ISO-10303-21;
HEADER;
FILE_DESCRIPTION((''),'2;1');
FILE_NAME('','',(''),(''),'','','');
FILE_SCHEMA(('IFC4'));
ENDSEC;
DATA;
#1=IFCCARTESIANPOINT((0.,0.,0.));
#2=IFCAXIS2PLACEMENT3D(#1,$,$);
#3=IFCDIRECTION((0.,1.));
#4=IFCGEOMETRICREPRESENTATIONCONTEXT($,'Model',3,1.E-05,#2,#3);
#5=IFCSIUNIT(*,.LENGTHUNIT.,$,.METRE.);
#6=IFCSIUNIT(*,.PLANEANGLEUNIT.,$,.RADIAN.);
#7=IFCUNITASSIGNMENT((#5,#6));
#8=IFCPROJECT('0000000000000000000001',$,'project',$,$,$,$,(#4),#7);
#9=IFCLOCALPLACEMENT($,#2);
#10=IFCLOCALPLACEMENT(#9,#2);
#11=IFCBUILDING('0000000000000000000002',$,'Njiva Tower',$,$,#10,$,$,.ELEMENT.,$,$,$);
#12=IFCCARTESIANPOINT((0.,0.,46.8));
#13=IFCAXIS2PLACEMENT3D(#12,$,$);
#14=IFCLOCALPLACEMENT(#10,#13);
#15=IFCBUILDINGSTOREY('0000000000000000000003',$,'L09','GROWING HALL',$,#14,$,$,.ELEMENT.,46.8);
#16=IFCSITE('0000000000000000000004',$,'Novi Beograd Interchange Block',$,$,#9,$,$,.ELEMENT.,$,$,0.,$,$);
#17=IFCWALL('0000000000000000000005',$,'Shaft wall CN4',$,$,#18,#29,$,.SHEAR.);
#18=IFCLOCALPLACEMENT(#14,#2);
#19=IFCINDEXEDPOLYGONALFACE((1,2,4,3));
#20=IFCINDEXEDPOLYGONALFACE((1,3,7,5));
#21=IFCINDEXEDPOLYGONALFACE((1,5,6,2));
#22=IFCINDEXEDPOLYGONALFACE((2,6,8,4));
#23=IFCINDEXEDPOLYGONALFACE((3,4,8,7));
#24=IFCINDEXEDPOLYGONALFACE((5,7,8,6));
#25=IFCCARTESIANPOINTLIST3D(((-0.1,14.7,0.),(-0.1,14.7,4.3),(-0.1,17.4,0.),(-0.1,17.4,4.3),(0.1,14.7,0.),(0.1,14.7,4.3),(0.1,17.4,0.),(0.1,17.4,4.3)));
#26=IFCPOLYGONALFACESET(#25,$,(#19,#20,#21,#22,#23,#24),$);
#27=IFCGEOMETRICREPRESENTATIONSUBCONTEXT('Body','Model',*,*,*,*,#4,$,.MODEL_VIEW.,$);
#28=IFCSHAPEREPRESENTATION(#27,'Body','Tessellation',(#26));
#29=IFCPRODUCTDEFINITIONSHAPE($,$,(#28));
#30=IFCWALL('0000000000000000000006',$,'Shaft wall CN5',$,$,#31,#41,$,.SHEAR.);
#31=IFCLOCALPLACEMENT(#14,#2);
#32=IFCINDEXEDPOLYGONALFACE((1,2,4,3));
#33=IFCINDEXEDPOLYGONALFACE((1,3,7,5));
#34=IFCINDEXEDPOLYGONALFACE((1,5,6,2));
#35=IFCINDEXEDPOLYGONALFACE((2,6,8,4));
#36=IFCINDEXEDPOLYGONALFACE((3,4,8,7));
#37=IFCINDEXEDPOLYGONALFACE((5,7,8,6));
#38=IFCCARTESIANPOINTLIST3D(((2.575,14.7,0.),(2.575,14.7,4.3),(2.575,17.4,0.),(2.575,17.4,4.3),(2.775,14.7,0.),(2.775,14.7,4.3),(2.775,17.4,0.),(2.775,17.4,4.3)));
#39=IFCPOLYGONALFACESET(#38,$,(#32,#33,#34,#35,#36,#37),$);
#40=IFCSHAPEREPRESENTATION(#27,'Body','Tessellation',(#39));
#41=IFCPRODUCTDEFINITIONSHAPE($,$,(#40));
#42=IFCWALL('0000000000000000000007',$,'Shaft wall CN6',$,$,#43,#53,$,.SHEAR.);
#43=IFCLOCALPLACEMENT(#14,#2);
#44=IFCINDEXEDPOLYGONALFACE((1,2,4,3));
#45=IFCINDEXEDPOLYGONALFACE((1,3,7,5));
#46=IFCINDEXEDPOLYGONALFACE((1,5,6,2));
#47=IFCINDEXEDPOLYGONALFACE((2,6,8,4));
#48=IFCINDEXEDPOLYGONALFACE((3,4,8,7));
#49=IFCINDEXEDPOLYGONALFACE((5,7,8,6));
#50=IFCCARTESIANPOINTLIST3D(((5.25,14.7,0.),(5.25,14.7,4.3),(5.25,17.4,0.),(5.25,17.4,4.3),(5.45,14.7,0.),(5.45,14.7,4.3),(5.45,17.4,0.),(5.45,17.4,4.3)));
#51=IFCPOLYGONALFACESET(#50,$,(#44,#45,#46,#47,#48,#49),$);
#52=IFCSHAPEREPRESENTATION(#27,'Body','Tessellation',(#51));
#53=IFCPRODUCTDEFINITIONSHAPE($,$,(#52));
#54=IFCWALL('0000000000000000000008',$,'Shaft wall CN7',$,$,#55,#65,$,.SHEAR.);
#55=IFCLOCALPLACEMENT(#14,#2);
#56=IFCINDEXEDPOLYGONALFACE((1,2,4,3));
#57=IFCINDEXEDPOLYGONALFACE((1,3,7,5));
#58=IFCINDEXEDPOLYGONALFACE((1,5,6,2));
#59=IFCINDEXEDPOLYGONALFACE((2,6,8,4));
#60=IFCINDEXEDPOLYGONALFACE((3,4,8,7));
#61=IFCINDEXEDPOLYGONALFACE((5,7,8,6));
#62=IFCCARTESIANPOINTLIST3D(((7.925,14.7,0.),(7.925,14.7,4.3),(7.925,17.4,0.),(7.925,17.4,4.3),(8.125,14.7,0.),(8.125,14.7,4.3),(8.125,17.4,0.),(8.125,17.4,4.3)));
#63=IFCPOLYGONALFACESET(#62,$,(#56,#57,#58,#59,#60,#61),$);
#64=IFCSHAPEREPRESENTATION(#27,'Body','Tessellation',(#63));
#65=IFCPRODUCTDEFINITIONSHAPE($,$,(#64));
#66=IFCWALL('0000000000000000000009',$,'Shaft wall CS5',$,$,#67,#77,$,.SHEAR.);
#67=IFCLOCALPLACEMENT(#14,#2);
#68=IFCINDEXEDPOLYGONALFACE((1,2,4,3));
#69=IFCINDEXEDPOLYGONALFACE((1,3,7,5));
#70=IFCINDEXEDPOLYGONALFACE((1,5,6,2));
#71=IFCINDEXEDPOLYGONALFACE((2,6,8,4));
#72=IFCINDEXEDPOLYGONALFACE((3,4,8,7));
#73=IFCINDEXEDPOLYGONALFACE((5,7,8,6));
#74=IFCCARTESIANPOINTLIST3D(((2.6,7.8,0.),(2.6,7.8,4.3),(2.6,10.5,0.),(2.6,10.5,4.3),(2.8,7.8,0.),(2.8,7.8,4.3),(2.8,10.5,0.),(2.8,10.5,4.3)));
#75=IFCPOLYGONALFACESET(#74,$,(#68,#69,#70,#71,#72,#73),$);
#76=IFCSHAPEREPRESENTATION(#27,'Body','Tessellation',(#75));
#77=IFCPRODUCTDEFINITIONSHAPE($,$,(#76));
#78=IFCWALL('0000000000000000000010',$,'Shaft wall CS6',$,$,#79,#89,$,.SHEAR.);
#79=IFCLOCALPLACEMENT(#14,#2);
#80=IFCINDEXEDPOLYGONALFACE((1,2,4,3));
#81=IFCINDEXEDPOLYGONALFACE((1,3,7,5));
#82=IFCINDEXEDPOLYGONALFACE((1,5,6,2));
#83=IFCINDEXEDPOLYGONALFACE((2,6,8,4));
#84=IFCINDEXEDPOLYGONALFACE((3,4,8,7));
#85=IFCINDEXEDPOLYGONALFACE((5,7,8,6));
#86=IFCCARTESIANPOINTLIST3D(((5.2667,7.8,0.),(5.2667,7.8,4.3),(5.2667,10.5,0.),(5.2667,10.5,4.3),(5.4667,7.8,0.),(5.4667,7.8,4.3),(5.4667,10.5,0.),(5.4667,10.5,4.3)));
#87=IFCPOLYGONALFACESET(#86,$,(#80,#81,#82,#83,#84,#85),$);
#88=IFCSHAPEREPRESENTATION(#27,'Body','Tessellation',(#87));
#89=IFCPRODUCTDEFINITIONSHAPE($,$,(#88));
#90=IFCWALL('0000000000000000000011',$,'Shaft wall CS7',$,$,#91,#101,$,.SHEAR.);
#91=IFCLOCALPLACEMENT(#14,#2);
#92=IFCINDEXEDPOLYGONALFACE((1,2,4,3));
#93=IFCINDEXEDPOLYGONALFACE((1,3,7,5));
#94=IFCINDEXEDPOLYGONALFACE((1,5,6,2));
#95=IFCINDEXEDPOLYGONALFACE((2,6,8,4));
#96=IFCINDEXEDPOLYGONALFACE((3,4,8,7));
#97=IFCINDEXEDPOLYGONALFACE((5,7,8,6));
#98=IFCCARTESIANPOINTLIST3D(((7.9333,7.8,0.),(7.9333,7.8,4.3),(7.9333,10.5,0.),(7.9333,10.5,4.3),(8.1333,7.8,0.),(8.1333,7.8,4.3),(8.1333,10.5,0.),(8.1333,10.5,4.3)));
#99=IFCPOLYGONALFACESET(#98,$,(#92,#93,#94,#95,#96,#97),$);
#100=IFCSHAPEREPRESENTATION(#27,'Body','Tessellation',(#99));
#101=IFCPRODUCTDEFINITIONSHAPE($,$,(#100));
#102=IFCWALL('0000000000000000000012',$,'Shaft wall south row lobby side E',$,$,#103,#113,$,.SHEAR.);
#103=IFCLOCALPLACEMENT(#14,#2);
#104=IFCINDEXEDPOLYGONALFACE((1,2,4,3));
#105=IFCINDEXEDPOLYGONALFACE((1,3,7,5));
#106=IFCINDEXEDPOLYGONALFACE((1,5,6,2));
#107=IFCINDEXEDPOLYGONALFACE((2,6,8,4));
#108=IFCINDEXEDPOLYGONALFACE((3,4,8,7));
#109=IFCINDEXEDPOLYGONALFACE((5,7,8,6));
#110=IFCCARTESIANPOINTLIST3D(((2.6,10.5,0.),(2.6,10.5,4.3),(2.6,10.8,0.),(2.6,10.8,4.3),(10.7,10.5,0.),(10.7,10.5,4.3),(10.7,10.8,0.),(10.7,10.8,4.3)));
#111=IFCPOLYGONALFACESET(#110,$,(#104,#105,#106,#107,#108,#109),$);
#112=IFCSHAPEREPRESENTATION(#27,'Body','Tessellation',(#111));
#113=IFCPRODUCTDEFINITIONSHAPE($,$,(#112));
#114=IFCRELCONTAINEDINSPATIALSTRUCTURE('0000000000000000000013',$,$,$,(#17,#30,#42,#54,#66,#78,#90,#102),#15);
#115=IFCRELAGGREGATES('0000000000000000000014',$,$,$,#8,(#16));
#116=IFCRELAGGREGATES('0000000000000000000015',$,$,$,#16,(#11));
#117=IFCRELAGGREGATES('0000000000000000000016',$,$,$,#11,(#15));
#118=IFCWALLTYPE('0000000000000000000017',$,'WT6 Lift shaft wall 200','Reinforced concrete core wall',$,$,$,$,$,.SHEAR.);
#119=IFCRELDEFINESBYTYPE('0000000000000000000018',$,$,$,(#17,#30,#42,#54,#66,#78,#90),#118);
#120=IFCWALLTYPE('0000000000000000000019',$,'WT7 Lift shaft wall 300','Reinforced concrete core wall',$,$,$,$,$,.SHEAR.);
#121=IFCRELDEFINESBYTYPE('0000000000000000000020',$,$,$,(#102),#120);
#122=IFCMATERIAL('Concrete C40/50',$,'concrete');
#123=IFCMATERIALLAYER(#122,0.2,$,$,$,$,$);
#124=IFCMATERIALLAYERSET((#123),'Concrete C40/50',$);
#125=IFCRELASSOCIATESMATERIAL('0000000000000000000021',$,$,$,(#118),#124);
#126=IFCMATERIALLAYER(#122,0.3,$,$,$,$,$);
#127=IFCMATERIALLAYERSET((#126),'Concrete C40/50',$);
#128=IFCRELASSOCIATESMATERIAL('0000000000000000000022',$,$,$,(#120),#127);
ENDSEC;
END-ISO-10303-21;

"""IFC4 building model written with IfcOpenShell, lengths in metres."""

from ifc_helpers import new_model, si_unit, direction, frame, frame_2d, origin, place, context, subcontext, project, spatial, rectangle, extrude, material, layer, layer_set, type_object, element, save


model = new_model("IFC4")

# Units and contexts
model_context = context("Model", 3, precision=1e-05, world=origin(), true_north=direction((0.0, 1.0)))
body_context = subcontext(model_context, "Body", "Model", "MODEL_VIEW")
ifc_project = project(units=[si_unit("LENGTHUNIT", "METRE"), si_unit("PLANEANGLEUNIT", "RADIAN")], contexts=[model_context])

# Site, building, storey
site_placement = place(None, origin())
site = spatial("IfcSite", under=ifc_project, at=site_placement, Name="Novi Beograd Interchange Block", CompositionType="ELEMENT", RefElevation=0.0)
building_placement = place(site_placement, origin())
building = spatial("IfcBuilding", under=site, at=building_placement, Name="Njiva Tower", CompositionType="ELEMENT")
storey_placement = place(building_placement, frame((0.0, 0.0, 46.8)))
storey = spatial("IfcBuildingStorey", under=building, at=storey_placement, Name="L09", Description="GROWING HALL", CompositionType="ELEMENT", Elevation=46.8)

# Shared definitions
ifc_material_1 = material(Name="Concrete C40/50", Category="concrete")

# Walls
ifc_layer_1 = layer(ifc_material_1, 0.2)
ifc_layer_set_1 = layer_set([ifc_layer_1], Name="Concrete C40/50")
wall_type_1 = type_object("IfcWallType", Name="WT6 Lift shaft wall 200", Description="Reinforced concrete core wall", PredefinedType="SHEAR", material=ifc_layer_set_1)
for number, where, z_axis, x_axis, name in (
    (1, (0.0, 14.7, 0.0), (0.0, 0.0, 1.0), (0.0, 1.0, 0.0), "Shaft wall CN4"),
    (2, (2.675, 14.7, 0.0), (0.0, 0.0, 1.0), (0.0, 1.0, 0.0), "Shaft wall CN5"),
    (3, (5.35, 14.7, 0.0), (0.0, 0.0, 1.0), (0.0, 1.0, 0.0), "Shaft wall CN6"),
    (4, (8.025, 14.7, 0.0), (0.0, 0.0, 1.0), (0.0, 1.0, 0.0), "Shaft wall CN7"),
    (5, (2.7, 7.8, 0.0), (0.0, 0.0, 1.0), (0.0, 1.0, 0.0), "Shaft wall CS5"),
    (6, (5.3667, 7.8, 0.0), (0.0, 0.0, 1.0), (0.0, 1.0, 0.0), "Shaft wall CS6"),
    (7, (8.0333, 7.8, 0.0), (0.0, 0.0, 1.0), (0.0, 1.0, 0.0), "Shaft wall CS7"),
):
    element("IfcWall", number, at=place(storey_placement, frame(where, z_axis=z_axis, x_axis=x_axis)), inside=storey, type_object=wall_type_1, Name=name, PredefinedType="SHEAR", context=body_context, shape_type="SweptSolid", body=[
        extrude(rectangle(XDim=2.7, YDim=0.2, at=frame_2d((1.35, 0.0))), origin(), (0.0, 0.0, 1.0), 4.3),
    ])
ifc_layer_2 = layer(ifc_material_1, 0.3)
ifc_layer_set_2 = layer_set([ifc_layer_2], Name="Concrete C40/50")
wall_type_2 = type_object("IfcWallType", Name="WT7 Lift shaft wall 300", Description="Reinforced concrete core wall", PredefinedType="SHEAR", material=ifc_layer_set_2)
wall_1_placement = place(storey_placement, frame((2.6, 10.65, 0.0), z_axis=(0.0, 0.0, 1.0), x_axis=(1.0, 0.0, 0.0)))
element("IfcWall", 8, at=wall_1_placement, inside=storey, type_object=wall_type_2, Name="Shaft wall south row lobby side E", PredefinedType="SHEAR", context=body_context, shape_type="SweptSolid", body=[
    extrude(rectangle(XDim=8.1, YDim=0.3, at=frame_2d((4.05, 0.0))), origin(), (0.0, 0.0, 1.0), 4.3),
])

save(model, "model.ifc")
